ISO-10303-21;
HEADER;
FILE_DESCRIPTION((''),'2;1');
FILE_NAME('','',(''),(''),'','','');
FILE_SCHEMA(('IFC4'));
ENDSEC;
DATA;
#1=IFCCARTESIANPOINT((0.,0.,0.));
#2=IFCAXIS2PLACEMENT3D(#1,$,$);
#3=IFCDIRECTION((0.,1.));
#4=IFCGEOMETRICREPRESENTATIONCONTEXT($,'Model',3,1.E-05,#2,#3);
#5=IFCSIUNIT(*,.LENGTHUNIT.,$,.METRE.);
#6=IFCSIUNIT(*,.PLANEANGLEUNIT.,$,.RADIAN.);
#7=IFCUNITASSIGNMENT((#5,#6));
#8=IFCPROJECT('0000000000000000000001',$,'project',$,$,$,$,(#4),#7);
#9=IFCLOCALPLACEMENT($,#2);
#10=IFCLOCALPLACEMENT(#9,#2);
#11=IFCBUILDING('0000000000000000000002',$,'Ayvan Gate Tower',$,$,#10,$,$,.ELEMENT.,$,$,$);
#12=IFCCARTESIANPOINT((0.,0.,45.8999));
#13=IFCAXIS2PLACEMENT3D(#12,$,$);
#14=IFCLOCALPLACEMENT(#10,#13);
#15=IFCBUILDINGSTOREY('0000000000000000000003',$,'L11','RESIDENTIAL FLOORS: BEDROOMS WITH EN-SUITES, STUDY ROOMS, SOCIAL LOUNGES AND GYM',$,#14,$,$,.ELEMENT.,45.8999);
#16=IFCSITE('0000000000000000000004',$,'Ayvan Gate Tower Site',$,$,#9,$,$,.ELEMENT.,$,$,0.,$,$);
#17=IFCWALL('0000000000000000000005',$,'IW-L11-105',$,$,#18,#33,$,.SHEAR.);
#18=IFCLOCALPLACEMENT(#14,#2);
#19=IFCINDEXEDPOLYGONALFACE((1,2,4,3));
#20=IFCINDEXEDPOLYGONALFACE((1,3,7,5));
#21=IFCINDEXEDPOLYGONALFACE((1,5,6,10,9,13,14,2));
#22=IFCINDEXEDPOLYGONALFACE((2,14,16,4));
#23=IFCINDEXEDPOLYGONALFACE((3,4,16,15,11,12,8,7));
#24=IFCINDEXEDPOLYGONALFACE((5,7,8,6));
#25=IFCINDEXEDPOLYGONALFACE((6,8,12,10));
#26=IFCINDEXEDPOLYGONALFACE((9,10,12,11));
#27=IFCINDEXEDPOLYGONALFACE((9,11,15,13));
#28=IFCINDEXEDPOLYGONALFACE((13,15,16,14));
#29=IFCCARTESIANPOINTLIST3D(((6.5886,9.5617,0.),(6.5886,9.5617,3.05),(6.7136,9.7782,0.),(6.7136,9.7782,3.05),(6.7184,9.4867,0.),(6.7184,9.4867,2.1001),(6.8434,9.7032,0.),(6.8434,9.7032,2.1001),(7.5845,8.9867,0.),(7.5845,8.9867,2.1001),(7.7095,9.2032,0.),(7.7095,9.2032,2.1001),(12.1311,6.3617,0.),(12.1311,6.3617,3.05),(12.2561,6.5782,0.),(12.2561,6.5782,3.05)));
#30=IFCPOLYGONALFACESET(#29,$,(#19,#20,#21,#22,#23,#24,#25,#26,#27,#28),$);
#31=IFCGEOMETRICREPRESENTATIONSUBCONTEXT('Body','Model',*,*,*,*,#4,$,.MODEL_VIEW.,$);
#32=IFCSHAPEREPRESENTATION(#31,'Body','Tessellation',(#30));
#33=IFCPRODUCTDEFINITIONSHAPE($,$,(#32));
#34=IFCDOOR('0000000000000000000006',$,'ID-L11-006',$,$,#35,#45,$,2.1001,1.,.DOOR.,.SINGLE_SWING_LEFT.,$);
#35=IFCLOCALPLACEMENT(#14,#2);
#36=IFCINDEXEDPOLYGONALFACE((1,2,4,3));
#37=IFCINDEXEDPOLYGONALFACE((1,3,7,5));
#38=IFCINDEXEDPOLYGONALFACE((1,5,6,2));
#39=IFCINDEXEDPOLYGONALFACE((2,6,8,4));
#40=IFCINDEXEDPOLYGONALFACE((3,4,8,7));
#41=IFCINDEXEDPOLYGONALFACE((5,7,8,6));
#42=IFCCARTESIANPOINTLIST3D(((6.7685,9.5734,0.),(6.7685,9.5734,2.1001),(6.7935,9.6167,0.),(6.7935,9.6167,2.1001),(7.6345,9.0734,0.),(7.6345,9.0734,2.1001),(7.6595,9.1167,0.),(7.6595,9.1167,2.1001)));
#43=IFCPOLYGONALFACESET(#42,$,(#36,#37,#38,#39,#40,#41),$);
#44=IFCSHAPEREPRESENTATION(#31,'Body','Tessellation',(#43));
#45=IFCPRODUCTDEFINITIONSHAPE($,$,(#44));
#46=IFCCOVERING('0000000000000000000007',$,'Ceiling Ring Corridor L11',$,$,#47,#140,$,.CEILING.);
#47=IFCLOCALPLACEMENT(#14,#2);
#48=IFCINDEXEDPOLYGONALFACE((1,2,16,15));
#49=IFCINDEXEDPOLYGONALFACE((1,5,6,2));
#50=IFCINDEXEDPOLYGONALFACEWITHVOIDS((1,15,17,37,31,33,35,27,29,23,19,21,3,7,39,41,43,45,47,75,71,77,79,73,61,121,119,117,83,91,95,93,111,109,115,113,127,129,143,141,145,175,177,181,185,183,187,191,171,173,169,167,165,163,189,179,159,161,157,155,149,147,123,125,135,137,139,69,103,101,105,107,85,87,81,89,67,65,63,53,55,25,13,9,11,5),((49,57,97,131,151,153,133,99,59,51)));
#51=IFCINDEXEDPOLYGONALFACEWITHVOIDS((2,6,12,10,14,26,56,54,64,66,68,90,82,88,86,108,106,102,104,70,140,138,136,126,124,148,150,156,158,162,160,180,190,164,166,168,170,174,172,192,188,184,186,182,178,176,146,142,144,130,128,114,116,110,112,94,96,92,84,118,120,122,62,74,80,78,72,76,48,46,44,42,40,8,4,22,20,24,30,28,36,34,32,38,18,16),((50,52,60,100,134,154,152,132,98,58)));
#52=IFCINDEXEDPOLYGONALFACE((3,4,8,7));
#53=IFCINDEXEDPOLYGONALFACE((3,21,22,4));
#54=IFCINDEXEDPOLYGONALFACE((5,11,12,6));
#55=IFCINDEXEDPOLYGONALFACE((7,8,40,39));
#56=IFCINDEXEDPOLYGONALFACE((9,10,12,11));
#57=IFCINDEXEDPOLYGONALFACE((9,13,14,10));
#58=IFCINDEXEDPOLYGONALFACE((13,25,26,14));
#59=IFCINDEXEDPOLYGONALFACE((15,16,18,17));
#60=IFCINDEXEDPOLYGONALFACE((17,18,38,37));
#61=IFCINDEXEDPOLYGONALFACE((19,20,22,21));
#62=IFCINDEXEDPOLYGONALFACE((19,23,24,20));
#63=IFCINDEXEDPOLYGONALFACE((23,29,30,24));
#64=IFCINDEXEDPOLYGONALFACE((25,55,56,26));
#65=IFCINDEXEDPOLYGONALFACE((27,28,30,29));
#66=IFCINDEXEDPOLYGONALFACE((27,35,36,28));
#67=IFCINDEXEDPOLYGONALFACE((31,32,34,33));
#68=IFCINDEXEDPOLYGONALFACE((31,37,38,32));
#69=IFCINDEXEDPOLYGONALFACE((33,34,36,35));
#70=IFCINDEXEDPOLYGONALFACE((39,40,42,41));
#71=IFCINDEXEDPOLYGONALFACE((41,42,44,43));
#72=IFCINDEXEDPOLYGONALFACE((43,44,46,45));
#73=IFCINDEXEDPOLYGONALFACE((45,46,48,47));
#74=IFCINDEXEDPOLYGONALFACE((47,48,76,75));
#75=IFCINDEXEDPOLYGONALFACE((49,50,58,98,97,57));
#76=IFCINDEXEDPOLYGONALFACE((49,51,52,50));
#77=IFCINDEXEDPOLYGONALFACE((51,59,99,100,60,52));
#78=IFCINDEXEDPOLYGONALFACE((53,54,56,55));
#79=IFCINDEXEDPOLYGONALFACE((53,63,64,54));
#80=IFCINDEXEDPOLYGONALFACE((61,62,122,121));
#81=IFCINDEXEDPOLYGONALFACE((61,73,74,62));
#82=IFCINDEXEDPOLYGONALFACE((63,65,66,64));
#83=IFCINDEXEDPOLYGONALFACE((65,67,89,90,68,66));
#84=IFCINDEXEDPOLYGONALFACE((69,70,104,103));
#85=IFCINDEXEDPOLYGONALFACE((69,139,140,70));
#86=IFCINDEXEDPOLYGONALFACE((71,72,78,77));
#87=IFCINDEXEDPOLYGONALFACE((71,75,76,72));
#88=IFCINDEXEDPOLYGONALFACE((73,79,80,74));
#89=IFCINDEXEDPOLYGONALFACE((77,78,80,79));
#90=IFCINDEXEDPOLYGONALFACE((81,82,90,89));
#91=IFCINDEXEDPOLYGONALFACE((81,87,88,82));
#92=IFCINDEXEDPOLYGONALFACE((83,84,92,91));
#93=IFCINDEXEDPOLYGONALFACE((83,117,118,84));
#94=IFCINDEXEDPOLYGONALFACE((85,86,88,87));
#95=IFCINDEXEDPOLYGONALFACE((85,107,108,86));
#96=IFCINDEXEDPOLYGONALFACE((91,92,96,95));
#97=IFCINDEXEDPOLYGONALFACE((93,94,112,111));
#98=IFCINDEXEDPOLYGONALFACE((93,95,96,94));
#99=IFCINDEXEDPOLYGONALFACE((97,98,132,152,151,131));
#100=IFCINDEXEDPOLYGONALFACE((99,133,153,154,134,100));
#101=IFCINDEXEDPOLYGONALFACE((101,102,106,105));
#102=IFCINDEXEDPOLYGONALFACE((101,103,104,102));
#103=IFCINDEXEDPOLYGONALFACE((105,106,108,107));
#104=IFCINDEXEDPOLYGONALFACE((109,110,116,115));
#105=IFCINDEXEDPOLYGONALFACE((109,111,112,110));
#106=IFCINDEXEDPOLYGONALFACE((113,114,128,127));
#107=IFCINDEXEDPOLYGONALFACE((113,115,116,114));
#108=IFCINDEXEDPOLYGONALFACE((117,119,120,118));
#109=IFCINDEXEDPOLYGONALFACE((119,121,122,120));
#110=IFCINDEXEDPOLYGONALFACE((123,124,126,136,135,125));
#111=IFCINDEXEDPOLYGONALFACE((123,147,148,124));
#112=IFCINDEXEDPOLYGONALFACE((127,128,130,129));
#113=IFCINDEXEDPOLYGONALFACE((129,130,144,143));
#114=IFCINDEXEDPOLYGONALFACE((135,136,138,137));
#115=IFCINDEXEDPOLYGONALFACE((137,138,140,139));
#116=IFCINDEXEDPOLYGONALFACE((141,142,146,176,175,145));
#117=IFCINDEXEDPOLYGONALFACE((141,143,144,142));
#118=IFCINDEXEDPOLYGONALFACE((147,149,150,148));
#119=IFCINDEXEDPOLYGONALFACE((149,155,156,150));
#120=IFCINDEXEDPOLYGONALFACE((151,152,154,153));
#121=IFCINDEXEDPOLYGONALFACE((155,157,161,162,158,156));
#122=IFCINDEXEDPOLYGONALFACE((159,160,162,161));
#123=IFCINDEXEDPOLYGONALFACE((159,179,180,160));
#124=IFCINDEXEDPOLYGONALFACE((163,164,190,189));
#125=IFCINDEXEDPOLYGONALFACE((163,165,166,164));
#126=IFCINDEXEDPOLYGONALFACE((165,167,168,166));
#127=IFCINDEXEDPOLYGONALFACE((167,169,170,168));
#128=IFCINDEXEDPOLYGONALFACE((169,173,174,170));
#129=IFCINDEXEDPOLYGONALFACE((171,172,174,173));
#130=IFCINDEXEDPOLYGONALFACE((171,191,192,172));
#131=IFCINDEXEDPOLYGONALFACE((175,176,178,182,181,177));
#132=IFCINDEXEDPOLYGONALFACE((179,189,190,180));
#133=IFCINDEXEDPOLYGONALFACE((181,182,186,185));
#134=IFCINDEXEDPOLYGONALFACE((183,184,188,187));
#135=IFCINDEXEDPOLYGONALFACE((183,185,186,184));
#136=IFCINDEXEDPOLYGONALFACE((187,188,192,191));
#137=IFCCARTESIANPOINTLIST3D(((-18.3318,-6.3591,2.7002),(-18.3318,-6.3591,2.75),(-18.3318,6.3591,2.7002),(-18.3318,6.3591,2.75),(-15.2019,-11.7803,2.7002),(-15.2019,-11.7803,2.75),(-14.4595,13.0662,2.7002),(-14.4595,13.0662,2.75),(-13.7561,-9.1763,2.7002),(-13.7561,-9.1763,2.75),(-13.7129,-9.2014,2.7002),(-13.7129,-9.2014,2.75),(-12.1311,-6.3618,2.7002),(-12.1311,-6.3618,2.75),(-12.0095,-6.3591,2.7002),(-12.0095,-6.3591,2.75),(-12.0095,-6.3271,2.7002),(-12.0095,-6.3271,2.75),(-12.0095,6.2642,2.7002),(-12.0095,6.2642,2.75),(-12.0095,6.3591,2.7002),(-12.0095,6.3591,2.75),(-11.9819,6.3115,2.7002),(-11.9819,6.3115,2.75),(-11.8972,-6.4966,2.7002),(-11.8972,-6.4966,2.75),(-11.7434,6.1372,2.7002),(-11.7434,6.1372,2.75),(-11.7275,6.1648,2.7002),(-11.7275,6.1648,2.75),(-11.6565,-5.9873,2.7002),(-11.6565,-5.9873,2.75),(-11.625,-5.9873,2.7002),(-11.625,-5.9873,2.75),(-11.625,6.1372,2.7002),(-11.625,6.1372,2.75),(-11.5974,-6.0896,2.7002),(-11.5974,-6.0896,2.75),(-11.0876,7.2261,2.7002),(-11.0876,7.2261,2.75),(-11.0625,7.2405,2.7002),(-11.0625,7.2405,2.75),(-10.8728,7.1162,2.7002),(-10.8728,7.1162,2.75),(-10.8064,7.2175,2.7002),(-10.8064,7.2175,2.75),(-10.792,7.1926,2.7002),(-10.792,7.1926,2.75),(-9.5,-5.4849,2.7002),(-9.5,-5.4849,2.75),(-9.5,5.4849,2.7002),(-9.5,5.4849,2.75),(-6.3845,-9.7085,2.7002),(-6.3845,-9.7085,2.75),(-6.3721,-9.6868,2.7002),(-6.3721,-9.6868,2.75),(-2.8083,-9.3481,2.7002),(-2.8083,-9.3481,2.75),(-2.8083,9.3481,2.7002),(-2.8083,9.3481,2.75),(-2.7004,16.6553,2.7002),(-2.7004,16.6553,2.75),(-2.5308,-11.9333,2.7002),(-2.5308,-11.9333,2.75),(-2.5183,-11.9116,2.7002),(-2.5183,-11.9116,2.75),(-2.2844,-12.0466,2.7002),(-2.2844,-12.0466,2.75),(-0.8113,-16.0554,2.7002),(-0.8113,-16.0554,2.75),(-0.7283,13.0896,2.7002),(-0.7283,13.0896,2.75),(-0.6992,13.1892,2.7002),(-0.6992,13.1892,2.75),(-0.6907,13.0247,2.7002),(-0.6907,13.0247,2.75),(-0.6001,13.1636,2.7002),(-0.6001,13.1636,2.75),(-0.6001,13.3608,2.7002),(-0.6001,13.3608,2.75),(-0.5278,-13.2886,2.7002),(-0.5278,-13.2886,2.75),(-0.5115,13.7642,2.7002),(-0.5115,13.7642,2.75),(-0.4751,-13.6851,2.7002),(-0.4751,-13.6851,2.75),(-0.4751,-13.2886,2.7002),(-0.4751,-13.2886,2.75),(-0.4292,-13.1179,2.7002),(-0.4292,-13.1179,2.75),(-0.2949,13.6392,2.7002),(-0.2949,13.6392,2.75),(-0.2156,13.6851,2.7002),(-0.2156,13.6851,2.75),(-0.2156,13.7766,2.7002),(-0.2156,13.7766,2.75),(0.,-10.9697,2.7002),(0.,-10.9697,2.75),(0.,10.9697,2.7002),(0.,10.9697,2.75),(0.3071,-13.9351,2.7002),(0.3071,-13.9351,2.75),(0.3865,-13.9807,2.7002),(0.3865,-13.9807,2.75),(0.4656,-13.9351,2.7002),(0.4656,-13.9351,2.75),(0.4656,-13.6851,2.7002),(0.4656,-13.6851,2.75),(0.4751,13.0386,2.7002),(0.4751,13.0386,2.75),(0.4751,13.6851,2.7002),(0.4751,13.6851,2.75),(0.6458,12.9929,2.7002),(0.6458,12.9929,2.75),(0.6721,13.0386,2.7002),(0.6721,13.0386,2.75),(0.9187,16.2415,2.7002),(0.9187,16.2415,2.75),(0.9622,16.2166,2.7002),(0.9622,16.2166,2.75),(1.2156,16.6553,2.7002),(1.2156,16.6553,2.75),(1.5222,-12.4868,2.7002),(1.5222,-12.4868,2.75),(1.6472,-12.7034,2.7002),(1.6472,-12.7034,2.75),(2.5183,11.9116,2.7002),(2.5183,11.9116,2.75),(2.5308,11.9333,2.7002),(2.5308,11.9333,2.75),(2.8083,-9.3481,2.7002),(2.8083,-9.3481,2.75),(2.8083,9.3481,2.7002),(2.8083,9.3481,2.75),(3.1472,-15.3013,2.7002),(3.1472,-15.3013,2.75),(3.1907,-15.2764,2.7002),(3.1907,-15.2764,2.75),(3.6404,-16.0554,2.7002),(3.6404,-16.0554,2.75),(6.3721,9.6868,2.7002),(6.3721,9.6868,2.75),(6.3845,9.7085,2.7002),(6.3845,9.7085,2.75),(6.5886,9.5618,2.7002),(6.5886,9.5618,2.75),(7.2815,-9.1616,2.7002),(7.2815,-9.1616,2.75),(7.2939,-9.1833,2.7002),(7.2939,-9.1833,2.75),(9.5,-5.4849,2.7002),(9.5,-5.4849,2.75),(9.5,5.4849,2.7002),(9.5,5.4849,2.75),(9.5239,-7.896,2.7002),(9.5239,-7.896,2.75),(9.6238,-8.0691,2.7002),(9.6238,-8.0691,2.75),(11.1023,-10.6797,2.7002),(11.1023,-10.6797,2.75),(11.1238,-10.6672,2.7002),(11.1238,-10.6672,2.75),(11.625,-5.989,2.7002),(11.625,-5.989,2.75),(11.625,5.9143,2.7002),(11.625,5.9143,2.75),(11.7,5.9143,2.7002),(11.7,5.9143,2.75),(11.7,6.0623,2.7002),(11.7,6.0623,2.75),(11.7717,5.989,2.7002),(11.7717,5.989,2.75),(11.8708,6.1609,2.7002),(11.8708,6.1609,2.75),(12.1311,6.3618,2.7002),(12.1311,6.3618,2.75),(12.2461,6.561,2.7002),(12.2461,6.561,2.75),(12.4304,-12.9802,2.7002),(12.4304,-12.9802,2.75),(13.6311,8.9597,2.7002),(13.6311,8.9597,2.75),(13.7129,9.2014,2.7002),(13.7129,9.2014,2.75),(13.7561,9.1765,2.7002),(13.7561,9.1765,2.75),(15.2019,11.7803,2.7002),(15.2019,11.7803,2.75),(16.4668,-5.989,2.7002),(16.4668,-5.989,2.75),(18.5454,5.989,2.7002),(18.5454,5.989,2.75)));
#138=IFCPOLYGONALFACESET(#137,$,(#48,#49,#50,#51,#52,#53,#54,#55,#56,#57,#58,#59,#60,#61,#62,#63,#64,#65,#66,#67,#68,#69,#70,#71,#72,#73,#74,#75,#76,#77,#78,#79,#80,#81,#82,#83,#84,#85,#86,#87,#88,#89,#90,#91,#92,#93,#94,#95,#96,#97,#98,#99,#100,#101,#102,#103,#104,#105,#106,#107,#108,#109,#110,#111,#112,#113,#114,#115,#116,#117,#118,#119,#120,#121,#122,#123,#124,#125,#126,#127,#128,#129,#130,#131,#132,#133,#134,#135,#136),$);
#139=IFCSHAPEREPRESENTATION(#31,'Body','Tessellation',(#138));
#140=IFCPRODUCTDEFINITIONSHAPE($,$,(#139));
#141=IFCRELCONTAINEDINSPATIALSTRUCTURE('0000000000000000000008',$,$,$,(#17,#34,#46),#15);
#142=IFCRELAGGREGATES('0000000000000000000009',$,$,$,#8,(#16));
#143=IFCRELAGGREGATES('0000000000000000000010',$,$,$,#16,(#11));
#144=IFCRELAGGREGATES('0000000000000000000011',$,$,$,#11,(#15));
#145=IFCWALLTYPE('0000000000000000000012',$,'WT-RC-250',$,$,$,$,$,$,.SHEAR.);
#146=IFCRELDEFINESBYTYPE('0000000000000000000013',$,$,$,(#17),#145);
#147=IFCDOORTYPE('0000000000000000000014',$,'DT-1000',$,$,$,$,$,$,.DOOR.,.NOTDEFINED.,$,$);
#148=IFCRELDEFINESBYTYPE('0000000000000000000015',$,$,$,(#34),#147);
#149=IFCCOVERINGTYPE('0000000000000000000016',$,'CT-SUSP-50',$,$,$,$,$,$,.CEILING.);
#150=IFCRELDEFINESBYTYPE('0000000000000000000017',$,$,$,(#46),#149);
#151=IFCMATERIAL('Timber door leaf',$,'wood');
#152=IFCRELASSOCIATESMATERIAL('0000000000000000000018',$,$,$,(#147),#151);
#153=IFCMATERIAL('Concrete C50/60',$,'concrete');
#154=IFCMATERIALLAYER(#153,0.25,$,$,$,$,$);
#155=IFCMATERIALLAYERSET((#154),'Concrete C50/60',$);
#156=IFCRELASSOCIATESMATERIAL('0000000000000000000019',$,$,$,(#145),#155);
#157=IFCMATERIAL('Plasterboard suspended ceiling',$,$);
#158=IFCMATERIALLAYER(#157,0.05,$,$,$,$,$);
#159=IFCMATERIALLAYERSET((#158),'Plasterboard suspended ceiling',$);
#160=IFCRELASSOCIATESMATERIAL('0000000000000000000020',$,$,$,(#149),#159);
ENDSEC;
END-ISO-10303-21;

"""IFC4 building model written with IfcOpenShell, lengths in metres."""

from ifc_helpers import new_model, si_unit, direction, frame, frame_2d, origin, place, context, subcontext, project, spatial, polyline, rectangle, outline, extrude, material, layer, layer_set, type_object, element, fill, save


model = new_model("IFC4")

# Units and contexts
model_context = context("Model", 3, precision=1e-05, world=origin(), true_north=direction((0.0, 1.0)))
body_context = subcontext(model_context, "Body", "Model", "MODEL_VIEW")
ifc_project = project(units=[si_unit("LENGTHUNIT", "METRE"), si_unit("PLANEANGLEUNIT", "RADIAN")], contexts=[model_context])

# Site, building, storey
site_placement = place(None, origin())
site = spatial("IfcSite", under=ifc_project, at=site_placement, Name="Ayvan Gate Tower Site", CompositionType="ELEMENT", RefElevation=0.0)
building_placement = place(site_placement, origin())
building = spatial("IfcBuilding", under=site, at=building_placement, Name="Ayvan Gate Tower", CompositionType="ELEMENT")
storey_placement = place(building_placement, frame((0.0, 0.0, 45.8999)))
storey = spatial("IfcBuildingStorey", under=building, at=storey_placement, Name="L11", Description="RESIDENTIAL FLOORS: BEDROOMS WITH EN-SUITES, STUDY ROOMS, SOCIAL LOUNGES AND GYM", CompositionType="ELEMENT", Elevation=45.8999)

# Shared definitions
ifc_material_1 = material(Name="Timber door leaf", Category="wood")
door_type_1 = type_object("IfcDoorType", Name="DT-1000", OperationType="NOTDEFINED", PredefinedType="DOOR", material=ifc_material_1)

# Shared definitions
ifc_material_2 = material(Name="Concrete C50/60", Category="concrete")
ifc_layer_1 = layer(ifc_material_2, 0.25)
ifc_layer_set_1 = layer_set([ifc_layer_1], Name="Concrete C50/60")
wall_type_1 = type_object("IfcWallType", Name="WT-RC-250", PredefinedType="SHEAR", material=ifc_layer_set_1)

# Wall, opening, door
wall_1_placement = place(storey_placement, frame((12.1936, 6.47, 0.0), z_axis=(0.0, 0.0, 1.0), x_axis=(-0.866025, 0.5, 0.0)))
wall_1 = element("IfcWall", 1, at=wall_1_placement, inside=storey, type_object=wall_type_1, Name="IW-L11-105", PredefinedType="SHEAR", context=body_context, shape_type="SweptSolid", body=[
    extrude(rectangle(XDim=6.3999, YDim=0.25, at=frame_2d((3.2, 0.0))), origin(), (0.0, 0.0, 1.0), 3.05),
])
opening_1_placement = place(wall_1_placement, frame((5.25, 0.0, 0.0)))
opening_1 = element("IfcOpeningElement", 2, at=opening_1_placement, cuts=wall_1, PredefinedType="OPENING", context=body_context, shape_type="SweptSolid", body=[
    extrude(rectangle(XDim=1.0, YDim=2.1001, at=frame_2d((0.5, 1.05))), frame((0.0, 0.135, 0.0), z_axis=(0.0, -1.0, 0.0), x_axis=(1.0, 0.0, 0.0)), (0.0, 0.0, 1.0), 0.27),
])
door_1_placement = place(opening_1_placement, origin())
door_1 = element("IfcDoor", 3, at=door_1_placement, inside=storey, type_object=door_type_1, Name="ID-L11-006", OperationType="SINGLE_SWING_LEFT", OverallHeight=2.1001, OverallWidth=1.0, PredefinedType="DOOR", context=body_context, shape_type="SweptSolid", body=[
    extrude(rectangle(XDim=1.0, YDim=2.1001, at=frame_2d((0.5, 1.05))), frame((0.0, 0.0249, 0.0), z_axis=(0.0, -1.0, 0.0), x_axis=(1.0, 0.0, 0.0)), (0.0, 0.0, 1.0), 0.05),
])
fill(opening_1, door_1)

# Covering
ifc_material_3 = material(Name="Plasterboard suspended ceiling")
ifc_layer_2 = layer(ifc_material_3, 0.05)
ifc_layer_set_2 = layer_set([ifc_layer_2], Name="Plasterboard suspended ceiling")
covering_type = type_object("IfcCoveringType", Name="CT-SUSP-50", PredefinedType="CEILING", material=ifc_layer_set_2)
covering_1_placement = place(storey_placement, frame((0.0, 0.0, 2.7002)))
element("IfcCovering", 4, at=covering_1_placement, inside=storey, type_object=covering_type, Name="Ceiling Ring Corridor L11", PredefinedType="CEILING", context=body_context, shape_type="SweptSolid", body=[
    extrude(outline(polyline([(-12.0095, -6.3591), (-12.0095, -6.3271), (-11.5974, -6.0896), (-11.6565, -5.9873), (-11.625, -5.9873), (-11.625, 6.1372), (-11.7434, 6.1372), (-11.7275, 6.1648), (-11.9819, 6.3115), (-12.0095, 6.2642), (-12.0095, 6.3591), (-18.3318, 6.3591), (-14.4595, 13.0662), (-11.0876, 7.2261), (-11.0625, 7.2405), (-10.8728, 7.1162), (-10.8064, 7.2175), (-10.792, 7.1926), (-0.6907, 13.0247), (-0.7283, 13.0896), (-0.6001, 13.1636), (-0.6001, 13.3608), (-0.6992, 13.1892), (-2.7004, 16.6553), (1.2156, 16.6553), (0.9622, 16.2166), (0.9187, 16.2415), (-0.5115, 13.7642), (-0.2949, 13.6392), (-0.2156, 13.7766), (-0.2156, 13.6851), (0.4751, 13.6851), (0.4751, 13.0386), (0.6721, 13.0386), (0.6458, 12.9929), (2.5183, 11.9116), (2.5308, 11.9333), (6.3845, 9.7085), (6.3721, 9.6868), (6.5886, 9.5618), (12.1311, 6.3618), (12.2461, 6.561), (13.6311, 8.9597), (13.7561, 9.1765), (13.7129, 9.2014), (15.2019, 11.7803), (18.5454, 5.989), (11.7717, 5.989), (11.8708, 6.1609), (11.7, 6.0623), (11.7, 5.9143), (11.625, 5.9143), (11.625, -5.989), (16.4668, -5.989), (12.4304, -12.9802), (11.1023, -10.6797), (11.1238, -10.6672), (9.6238, -8.0691), (9.5239, -7.896), (7.2939, -9.1833), (7.2815, -9.1616), (1.5222, -12.4868), (1.6472, -12.7034), (3.1472, -15.3013), (3.1907, -15.2764), (3.6404, -16.0554), (-0.8113, -16.0554), (0.3865, -13.9807), (0.3071, -13.9351), (0.4656, -13.9351), (0.4656, -13.6851), (-0.4751, -13.6851), (-0.4751, -13.2886), (-0.5278, -13.2886), (-0.4292, -13.1179), (-2.2844, -12.0466), (-2.5183, -11.9116), (-2.5308, -11.9333), (-6.3845, -9.7085), (-6.3721, -9.6868), (-11.8972, -6.4966), (-12.1311, -6.3618), (-13.7561, -9.1763), (-13.7129, -9.2014), (-15.2019, -11.7803), (-18.3318, -6.3591), (-12.0095, -6.3591)]), holes=[polyline([(-2.8083, -9.3481), (0.0, -10.9697), (2.8083, -9.3481), (9.5, -5.4849), (9.5, 5.4849), (2.8083, 9.3481), (0.0, 10.9697), (-2.8083, 9.3481), (-9.5, 5.4849), (-9.5, -5.4849), (-2.8083, -9.3481)])]), origin(), (0.0, 0.0, 1.0), 0.0498),
])

save(model, "model.ifc")
